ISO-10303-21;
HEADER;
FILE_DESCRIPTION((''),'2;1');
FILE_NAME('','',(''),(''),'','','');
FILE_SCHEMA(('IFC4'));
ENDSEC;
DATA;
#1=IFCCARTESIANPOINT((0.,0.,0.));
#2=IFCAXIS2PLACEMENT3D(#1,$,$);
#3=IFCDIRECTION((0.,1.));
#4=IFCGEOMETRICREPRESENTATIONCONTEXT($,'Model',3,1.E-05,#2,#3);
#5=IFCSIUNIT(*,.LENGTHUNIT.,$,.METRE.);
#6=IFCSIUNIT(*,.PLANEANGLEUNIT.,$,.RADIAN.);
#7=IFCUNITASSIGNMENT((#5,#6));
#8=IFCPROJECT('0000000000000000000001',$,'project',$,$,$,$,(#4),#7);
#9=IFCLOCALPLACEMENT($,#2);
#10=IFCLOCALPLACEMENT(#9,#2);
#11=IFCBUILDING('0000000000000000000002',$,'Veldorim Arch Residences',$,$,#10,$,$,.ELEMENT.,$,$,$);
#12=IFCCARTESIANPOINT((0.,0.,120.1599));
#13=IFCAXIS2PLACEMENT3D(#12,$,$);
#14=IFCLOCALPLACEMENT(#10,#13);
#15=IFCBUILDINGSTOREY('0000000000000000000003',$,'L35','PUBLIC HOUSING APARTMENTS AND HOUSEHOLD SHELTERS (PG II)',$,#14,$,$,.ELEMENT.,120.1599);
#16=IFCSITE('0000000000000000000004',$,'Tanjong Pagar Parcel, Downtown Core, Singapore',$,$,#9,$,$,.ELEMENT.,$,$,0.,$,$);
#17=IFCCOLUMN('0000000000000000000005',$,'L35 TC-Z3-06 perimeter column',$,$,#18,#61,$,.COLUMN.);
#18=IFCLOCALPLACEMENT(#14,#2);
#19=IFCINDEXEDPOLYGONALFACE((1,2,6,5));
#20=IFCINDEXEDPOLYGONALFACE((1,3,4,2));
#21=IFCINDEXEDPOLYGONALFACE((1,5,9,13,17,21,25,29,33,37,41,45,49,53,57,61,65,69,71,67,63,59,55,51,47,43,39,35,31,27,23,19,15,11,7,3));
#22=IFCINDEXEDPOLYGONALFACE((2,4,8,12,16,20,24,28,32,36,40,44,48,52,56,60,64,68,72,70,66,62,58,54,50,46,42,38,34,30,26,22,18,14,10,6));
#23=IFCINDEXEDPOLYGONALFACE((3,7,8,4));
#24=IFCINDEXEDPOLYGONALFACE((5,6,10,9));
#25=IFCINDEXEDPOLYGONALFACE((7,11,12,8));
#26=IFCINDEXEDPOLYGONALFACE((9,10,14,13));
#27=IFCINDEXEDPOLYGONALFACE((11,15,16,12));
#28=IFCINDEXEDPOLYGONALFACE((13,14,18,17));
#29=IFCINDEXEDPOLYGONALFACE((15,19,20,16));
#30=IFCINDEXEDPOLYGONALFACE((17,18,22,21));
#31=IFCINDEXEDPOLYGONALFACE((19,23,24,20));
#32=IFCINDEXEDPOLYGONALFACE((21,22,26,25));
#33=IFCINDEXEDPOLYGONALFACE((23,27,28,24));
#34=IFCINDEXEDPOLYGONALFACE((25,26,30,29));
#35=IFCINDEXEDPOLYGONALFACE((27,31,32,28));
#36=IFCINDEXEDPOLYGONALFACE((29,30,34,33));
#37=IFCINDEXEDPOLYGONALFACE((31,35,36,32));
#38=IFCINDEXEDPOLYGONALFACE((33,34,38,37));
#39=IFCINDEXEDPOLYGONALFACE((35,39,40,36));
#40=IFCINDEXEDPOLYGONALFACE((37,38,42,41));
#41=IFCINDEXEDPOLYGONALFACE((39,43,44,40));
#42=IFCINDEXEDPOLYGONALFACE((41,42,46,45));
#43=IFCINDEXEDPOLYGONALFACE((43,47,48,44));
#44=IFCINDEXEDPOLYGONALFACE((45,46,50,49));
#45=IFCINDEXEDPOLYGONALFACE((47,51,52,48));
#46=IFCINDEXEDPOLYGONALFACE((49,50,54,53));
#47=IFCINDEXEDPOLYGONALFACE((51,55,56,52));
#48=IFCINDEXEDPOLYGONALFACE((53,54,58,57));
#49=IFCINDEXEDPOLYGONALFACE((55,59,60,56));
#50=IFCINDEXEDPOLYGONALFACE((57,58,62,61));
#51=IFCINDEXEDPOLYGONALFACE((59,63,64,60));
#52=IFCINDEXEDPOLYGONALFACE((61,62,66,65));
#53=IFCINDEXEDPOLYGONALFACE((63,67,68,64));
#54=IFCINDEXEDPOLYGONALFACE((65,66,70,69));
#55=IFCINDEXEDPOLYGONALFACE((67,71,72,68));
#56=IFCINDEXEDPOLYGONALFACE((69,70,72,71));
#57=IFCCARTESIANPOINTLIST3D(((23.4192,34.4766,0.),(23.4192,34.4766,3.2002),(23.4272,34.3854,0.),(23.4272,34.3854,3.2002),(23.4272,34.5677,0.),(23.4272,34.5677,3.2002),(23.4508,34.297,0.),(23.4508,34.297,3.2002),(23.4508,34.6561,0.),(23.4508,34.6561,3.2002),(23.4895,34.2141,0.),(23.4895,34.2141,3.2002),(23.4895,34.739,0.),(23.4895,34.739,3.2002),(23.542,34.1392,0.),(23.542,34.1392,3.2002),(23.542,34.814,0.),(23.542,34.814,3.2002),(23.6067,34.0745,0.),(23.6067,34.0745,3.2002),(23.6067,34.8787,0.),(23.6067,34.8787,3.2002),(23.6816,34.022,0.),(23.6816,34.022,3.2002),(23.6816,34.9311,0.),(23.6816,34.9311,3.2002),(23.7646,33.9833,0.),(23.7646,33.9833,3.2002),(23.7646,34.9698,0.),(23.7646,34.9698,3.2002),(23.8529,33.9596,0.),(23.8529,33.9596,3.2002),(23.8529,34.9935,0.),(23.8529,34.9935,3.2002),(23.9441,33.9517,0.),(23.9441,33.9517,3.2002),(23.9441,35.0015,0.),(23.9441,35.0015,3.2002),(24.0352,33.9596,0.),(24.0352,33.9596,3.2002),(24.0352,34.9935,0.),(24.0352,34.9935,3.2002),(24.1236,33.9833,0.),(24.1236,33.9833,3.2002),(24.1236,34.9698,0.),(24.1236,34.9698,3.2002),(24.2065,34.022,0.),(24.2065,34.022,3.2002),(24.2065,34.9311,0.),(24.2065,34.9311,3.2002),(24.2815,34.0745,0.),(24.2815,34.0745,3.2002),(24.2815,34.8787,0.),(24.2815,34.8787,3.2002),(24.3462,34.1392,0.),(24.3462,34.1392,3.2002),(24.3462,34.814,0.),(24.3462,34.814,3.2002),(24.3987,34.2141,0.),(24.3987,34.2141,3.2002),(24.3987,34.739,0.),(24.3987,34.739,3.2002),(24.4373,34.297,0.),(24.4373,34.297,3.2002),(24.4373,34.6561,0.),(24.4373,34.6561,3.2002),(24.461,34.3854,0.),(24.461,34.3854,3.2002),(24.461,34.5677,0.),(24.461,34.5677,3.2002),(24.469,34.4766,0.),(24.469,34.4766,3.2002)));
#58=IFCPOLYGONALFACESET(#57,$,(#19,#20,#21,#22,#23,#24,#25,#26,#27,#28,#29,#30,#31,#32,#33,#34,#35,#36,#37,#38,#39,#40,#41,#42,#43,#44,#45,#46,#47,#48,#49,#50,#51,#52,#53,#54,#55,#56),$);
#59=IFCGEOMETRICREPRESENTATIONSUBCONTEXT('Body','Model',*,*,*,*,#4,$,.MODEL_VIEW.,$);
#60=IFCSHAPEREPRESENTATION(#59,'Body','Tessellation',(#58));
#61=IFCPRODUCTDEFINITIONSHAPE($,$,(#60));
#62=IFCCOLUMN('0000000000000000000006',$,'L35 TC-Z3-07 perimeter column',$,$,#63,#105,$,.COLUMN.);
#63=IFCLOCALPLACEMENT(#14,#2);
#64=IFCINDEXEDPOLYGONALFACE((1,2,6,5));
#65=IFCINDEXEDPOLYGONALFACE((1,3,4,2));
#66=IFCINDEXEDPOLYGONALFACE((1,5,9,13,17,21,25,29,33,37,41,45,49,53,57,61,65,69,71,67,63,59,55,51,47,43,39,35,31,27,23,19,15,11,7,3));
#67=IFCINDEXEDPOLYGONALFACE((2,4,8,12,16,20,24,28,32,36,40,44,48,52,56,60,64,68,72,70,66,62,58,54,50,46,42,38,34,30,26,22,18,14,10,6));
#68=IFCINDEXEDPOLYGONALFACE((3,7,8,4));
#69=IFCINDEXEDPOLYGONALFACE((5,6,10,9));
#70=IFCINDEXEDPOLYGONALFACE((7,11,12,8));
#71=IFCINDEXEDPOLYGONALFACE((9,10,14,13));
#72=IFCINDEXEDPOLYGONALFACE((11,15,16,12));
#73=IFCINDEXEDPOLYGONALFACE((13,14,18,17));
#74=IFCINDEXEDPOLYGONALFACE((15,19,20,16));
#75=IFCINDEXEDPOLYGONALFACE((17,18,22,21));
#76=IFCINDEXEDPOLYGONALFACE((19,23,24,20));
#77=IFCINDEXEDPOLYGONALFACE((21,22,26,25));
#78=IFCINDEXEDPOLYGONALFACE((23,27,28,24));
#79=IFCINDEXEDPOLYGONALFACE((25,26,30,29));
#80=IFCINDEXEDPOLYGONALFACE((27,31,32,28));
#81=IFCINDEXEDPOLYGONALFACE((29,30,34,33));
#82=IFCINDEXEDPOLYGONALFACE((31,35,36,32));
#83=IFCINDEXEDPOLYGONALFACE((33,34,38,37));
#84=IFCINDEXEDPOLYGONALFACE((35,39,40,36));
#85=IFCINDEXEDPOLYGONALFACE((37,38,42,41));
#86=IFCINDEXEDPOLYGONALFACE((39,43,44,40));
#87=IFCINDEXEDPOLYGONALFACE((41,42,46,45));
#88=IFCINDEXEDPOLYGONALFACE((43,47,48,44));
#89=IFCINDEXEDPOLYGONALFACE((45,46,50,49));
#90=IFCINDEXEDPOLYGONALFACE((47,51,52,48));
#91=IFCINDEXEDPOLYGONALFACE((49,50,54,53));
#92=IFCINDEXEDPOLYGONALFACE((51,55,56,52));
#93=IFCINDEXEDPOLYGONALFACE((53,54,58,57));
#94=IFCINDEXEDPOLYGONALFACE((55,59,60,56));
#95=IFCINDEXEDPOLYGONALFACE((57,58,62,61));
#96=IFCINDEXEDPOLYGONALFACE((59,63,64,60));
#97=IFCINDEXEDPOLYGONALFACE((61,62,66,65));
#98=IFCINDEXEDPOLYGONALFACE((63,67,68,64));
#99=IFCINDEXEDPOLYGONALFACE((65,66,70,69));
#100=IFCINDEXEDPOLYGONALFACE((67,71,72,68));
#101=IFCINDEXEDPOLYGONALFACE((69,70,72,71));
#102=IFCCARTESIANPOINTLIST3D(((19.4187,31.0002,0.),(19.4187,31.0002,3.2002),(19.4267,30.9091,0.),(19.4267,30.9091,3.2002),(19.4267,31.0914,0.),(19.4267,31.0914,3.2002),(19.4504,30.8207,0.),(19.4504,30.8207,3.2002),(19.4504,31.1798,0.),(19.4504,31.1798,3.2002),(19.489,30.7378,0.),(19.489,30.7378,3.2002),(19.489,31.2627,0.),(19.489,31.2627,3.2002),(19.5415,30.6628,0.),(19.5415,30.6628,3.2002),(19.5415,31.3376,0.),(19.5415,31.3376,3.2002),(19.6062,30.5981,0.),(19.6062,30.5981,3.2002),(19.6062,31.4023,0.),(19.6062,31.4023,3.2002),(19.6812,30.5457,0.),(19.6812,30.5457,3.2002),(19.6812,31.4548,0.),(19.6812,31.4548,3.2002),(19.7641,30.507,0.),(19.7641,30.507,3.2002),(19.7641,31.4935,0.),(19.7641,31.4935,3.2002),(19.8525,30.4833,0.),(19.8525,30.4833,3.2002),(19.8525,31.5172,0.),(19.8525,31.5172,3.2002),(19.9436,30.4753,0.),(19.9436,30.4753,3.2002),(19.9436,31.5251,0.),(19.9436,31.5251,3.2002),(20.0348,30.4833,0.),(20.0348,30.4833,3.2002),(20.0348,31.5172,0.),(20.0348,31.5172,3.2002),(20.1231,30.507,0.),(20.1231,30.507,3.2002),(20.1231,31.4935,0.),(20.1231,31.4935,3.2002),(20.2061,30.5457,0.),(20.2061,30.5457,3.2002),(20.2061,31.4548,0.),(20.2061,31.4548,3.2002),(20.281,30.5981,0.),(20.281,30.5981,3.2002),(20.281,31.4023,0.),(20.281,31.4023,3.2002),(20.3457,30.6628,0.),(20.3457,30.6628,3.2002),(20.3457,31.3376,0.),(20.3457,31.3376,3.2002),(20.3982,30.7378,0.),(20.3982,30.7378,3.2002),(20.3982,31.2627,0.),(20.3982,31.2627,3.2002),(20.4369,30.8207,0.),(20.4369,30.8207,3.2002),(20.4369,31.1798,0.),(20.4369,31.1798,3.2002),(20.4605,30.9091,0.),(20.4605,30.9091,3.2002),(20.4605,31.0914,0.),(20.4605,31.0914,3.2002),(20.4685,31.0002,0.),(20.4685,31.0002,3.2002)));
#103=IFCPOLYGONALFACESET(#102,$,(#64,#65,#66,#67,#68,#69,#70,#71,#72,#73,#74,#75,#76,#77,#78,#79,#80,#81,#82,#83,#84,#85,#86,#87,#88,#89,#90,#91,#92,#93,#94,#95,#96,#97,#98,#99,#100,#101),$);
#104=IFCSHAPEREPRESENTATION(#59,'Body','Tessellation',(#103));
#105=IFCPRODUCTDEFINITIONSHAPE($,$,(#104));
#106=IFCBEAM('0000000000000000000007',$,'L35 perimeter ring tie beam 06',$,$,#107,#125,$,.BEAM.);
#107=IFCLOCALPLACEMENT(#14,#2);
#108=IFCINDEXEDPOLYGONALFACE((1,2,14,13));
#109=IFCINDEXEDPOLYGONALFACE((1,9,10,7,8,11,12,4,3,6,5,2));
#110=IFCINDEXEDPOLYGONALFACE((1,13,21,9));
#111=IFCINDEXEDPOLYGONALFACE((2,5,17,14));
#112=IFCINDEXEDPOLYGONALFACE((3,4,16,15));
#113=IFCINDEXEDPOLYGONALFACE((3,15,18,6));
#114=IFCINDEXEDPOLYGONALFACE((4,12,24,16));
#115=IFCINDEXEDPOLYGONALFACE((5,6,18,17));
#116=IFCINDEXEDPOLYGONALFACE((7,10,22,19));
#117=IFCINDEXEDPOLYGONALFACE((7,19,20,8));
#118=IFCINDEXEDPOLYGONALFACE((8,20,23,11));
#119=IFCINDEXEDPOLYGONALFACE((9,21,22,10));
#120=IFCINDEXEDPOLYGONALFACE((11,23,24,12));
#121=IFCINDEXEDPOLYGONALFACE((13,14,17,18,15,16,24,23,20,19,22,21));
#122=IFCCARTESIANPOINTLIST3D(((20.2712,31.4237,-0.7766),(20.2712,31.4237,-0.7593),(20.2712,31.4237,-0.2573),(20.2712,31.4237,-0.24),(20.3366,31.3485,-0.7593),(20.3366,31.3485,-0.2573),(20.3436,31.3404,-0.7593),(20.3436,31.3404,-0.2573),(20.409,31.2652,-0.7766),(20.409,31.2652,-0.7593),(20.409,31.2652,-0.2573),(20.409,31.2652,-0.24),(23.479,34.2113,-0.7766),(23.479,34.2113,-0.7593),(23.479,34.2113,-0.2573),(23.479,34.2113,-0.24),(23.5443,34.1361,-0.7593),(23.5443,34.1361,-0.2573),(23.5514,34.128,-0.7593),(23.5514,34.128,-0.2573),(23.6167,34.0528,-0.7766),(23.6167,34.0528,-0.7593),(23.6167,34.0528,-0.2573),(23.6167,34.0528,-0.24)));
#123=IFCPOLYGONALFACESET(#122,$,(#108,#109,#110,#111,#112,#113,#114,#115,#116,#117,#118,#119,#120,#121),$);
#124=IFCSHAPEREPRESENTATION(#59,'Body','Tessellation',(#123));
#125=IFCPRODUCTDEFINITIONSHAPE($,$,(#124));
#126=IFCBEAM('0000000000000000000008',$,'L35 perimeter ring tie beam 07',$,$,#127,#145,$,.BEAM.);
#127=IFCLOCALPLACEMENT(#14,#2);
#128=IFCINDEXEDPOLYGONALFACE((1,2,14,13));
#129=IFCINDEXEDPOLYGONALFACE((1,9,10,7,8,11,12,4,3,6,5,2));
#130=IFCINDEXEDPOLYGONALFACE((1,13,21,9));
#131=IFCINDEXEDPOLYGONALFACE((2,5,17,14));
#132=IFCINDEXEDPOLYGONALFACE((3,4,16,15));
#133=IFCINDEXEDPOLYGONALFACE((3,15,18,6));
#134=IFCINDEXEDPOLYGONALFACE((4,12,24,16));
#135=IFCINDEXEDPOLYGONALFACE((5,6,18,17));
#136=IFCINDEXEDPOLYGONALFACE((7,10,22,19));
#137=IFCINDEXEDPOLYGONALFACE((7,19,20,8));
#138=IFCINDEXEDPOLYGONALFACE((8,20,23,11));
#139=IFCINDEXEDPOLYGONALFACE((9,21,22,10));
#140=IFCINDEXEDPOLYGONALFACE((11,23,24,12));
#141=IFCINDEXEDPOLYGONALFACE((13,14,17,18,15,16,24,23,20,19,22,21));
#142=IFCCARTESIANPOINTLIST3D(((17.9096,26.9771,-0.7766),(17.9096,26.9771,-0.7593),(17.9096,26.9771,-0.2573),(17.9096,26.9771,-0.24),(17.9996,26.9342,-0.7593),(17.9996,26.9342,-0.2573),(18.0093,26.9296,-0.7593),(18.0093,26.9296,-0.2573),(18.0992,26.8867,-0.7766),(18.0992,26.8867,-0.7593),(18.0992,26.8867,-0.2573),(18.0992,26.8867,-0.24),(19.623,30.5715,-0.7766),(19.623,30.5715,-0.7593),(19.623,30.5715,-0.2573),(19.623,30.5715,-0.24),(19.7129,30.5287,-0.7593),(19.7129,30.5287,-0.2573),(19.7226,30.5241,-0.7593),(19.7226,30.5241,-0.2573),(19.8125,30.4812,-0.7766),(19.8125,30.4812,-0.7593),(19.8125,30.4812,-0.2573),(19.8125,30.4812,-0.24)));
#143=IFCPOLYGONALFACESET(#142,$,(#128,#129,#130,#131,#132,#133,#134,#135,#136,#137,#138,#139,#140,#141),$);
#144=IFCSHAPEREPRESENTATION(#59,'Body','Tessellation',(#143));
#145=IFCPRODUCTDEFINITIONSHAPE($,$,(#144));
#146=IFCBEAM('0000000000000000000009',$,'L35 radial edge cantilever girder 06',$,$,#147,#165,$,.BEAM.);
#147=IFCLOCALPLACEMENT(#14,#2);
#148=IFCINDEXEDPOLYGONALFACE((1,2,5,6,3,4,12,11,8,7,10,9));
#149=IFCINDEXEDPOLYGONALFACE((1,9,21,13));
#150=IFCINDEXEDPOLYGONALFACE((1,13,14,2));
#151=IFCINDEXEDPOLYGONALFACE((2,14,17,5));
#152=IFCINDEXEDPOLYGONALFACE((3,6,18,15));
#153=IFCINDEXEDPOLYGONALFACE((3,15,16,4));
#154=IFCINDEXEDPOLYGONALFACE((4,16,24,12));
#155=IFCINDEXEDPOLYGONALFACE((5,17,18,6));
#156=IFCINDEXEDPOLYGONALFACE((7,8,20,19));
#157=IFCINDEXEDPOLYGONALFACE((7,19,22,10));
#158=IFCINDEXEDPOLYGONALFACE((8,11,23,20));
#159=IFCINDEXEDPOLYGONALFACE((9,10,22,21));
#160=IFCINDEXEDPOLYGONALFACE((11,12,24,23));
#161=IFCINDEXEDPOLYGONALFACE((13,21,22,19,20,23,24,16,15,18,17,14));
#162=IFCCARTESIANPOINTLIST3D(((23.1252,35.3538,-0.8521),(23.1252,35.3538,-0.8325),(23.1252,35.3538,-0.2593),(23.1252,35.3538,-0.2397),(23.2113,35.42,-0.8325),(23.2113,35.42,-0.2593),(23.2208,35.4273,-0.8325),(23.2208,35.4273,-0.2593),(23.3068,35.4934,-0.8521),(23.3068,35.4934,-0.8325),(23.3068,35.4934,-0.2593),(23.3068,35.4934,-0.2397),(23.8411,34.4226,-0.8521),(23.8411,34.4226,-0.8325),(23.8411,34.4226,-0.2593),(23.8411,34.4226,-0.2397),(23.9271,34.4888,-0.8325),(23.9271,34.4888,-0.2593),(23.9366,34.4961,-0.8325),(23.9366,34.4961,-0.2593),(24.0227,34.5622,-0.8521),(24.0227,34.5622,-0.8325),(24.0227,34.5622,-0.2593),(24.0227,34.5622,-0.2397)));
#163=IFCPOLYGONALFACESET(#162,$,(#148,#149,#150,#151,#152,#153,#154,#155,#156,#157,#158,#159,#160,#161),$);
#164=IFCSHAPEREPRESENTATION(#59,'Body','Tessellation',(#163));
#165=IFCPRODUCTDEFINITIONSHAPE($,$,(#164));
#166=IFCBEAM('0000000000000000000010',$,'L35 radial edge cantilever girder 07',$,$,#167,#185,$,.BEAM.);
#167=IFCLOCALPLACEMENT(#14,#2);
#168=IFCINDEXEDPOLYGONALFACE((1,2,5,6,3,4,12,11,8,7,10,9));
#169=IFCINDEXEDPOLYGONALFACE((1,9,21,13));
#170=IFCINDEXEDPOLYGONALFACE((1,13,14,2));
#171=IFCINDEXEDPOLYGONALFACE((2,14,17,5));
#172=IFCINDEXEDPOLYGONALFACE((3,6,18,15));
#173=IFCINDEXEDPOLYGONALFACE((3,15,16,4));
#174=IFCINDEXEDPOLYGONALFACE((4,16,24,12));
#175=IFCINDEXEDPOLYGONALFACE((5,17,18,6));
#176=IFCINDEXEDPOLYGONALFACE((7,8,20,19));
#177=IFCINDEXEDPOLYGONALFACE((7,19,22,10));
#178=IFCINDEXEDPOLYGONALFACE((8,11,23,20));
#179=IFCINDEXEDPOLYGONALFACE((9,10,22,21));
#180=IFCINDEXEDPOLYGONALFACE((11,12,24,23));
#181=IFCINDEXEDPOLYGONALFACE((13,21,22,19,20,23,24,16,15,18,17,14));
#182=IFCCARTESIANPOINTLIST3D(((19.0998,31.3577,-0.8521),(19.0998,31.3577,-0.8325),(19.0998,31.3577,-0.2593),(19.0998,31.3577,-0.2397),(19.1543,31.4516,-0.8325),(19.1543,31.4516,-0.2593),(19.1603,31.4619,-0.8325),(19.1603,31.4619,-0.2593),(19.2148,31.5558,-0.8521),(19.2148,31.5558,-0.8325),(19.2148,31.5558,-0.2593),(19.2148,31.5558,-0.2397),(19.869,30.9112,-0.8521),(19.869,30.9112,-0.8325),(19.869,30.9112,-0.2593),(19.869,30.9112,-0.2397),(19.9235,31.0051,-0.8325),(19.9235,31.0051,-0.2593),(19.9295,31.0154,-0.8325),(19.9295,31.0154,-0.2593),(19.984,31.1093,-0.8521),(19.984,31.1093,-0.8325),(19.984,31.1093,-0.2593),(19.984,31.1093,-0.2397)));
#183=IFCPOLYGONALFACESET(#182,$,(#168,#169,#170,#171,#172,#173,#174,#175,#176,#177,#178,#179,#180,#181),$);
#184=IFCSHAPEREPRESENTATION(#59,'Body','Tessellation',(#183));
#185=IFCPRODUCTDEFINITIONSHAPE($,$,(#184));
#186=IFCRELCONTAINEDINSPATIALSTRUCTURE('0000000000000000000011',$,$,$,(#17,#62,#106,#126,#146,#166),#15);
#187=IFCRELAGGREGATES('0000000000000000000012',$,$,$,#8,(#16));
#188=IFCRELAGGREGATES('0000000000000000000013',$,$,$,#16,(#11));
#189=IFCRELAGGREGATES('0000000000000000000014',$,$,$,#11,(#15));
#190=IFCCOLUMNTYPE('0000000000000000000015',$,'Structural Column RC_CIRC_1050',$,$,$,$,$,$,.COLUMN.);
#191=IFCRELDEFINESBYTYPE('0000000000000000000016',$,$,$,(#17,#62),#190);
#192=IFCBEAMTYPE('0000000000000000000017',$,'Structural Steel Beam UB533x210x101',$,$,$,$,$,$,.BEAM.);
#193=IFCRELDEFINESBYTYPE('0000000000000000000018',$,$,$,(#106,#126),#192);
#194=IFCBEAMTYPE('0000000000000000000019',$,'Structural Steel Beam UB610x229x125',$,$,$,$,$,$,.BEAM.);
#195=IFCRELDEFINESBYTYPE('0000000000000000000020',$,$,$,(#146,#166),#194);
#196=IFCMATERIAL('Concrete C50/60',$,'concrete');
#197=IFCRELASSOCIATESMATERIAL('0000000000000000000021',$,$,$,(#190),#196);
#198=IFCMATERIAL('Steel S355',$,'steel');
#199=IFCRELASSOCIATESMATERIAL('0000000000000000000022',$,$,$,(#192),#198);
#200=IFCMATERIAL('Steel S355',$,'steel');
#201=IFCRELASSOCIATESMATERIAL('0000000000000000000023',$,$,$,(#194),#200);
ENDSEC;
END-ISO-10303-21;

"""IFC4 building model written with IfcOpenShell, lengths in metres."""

from ifc_helpers import new_model, si_unit, direction, frame, origin, origin_2d, place, context, subcontext, project, spatial, circle, i_section, extrude, material, material_profile, profile_set, type_object, element, save


model = new_model("IFC4")

# Units and contexts
model_context = context("Model", 3, precision=1e-05, world=origin(), true_north=direction((0.0, 1.0)))
body_context = subcontext(model_context, "Body", "Model", "MODEL_VIEW")
ifc_project = project(units=[si_unit("LENGTHUNIT", "METRE"), si_unit("PLANEANGLEUNIT", "RADIAN")], contexts=[model_context])

# Site, building, storey
site_placement = place(None, origin())
site = spatial("IfcSite", under=ifc_project, at=site_placement, Name="Tanjong Pagar Parcel, Downtown Core, Singapore", CompositionType="ELEMENT", RefElevation=0.0)
building_placement = place(site_placement, origin())
building = spatial("IfcBuilding", under=site, at=building_placement, Name="Veldorim Arch Residences", CompositionType="ELEMENT")
storey_placement = place(building_placement, frame((0.0, 0.0, 120.1599)))
storey = spatial("IfcBuildingStorey", under=building, at=storey_placement, Name="L35", Description="PUBLIC HOUSING APARTMENTS AND HOUSEHOLD SHELTERS (PG II)", CompositionType="ELEMENT", Elevation=120.1599)

# Columns
ifc_material_1 = material(Name="Concrete C50/60", Category="concrete")
ifc_material_profile_1 = material_profile(ifc_material_1, circle(Radius=0.5249, at=origin_2d()), Name="RC_CIRC_1050")
ifc_profile_set_1 = profile_set([ifc_material_profile_1], Name="Concrete C50/60")
column_type = type_object("IfcColumnType", Name="Structural Column RC_CIRC_1050", PredefinedType="COLUMN", material=ifc_profile_set_1)
for number, where, z_axis, x_axis, name in (
    (1, (23.9441, 34.4766, 0.0), (0.0, 0.0, 1.0), (1.0, 0.0, 0.0), "L35 TC-Z3-06 perimeter column"),
    (2, (19.9436, 31.0002, 0.0), (0.0, 0.0, 1.0), (1.0, 0.0, 0.0), "L35 TC-Z3-07 perimeter column"),
):
    element("IfcColumn", number, at=place(storey_placement, frame(where, z_axis=z_axis, x_axis=x_axis)), inside=storey, type_object=column_type, Name=name, PredefinedType="COLUMN", context=body_context, shape_type="SweptSolid", body=[
        extrude(circle(Radius=0.5249, at=origin_2d()), origin(), (0.0, 0.0, 1.0), 3.2002),
    ])

# Beams
ifc_material_2 = material(Name="Steel S355", Category="steel")
ifc_material_profile_2 = material_profile(ifc_material_2, i_section(OverallWidth=0.21, OverallDepth=0.5366, WebThickness=0.0107, FlangeThickness=0.0173, at=origin_2d()), Name="UB533x210x101")
ifc_profile_set_2 = profile_set([ifc_material_profile_2], Name="Steel S355")
beam_type_1 = type_object("IfcBeamType", Name="Structural Steel Beam UB533x210x101", PredefinedType="BEAM", material=ifc_profile_set_2)
beam_1_placement = place(storey_placement, frame((23.5479, 34.1321, -0.5083), z_axis=(-0.754811, -0.655943, 0.0), x_axis=(0.655943, -0.754811, 0.0)))
element("IfcBeam", 3, at=beam_1_placement, inside=storey, type_object=beam_type_1, Name="L35 perimeter ring tie beam 06", PredefinedType="BEAM", context=body_context, shape_type="SweptSolid", body=[
    extrude(i_section(OverallWidth=0.21, OverallDepth=0.5366, WebThickness=0.0107, FlangeThickness=0.0173, at=origin_2d()), origin(), (0.0, 0.0, 1.0), 4.2498),
])
beam_2_placement = place(storey_placement, frame((19.7178, 30.5264, -0.5083), z_axis=(-0.430286, -0.902693, 0.0), x_axis=(0.902693, -0.430286, 0.0)))
element("IfcBeam", 4, at=beam_2_placement, inside=storey, type_object=beam_type_1, Name="L35 perimeter ring tie beam 07", PredefinedType="BEAM", context=body_context, shape_type="SweptSolid", body=[
    extrude(i_section(OverallWidth=0.21, OverallDepth=0.5366, WebThickness=0.0107, FlangeThickness=0.0173, at=origin_2d()), origin(), (0.0, 0.0, 1.0), 3.9819),
])
ifc_material_3 = material(Name="Steel S355", Category="steel")
ifc_material_profile_3 = material_profile(ifc_material_3, i_section(OverallWidth=0.229, OverallDepth=0.6123, WebThickness=0.012, FlangeThickness=0.0195, at=origin_2d()), Name="UB610x229x125")
ifc_profile_set_3 = profile_set([ifc_material_profile_3], Name="Steel S355")
beam_type_2 = type_object("IfcBeamType", Name="Structural Steel Beam UB610x229x125", PredefinedType="BEAM", material=ifc_profile_set_3)
beam_3_placement = place(storey_placement, frame((23.9319, 34.4924, -0.5459), z_axis=(-0.60947, 0.792809, 0.0), x_axis=(-0.792809, -0.60947, 0.0)))
element("IfcBeam", 5, at=beam_3_placement, inside=storey, type_object=beam_type_2, Name="L35 radial edge cantilever girder 06", PredefinedType="BEAM", context=body_context, shape_type="SweptSolid", body=[
    extrude(i_section(OverallWidth=0.229, OverallDepth=0.6123, WebThickness=0.012, FlangeThickness=0.0195, at=origin_2d()), origin(), (0.0, 0.0, 1.0), 1.1746),
])
beam_4_placement = place(storey_placement, frame((19.9265, 31.0103, -0.5459), z_axis=(-0.864862, 0.50201, 0.0), x_axis=(-0.50201, -0.864862, 0.0)))
element("IfcBeam", 6, at=beam_4_placement, inside=storey, type_object=beam_type_2, Name="L35 radial edge cantilever girder 07", PredefinedType="BEAM", context=body_context, shape_type="SweptSolid", body=[
    extrude(i_section(OverallWidth=0.229, OverallDepth=0.6123, WebThickness=0.012, FlangeThickness=0.0195, at=origin_2d()), origin(), (0.0, 0.0, 1.0), 0.8894),
])

save(model, "model.ifc")
